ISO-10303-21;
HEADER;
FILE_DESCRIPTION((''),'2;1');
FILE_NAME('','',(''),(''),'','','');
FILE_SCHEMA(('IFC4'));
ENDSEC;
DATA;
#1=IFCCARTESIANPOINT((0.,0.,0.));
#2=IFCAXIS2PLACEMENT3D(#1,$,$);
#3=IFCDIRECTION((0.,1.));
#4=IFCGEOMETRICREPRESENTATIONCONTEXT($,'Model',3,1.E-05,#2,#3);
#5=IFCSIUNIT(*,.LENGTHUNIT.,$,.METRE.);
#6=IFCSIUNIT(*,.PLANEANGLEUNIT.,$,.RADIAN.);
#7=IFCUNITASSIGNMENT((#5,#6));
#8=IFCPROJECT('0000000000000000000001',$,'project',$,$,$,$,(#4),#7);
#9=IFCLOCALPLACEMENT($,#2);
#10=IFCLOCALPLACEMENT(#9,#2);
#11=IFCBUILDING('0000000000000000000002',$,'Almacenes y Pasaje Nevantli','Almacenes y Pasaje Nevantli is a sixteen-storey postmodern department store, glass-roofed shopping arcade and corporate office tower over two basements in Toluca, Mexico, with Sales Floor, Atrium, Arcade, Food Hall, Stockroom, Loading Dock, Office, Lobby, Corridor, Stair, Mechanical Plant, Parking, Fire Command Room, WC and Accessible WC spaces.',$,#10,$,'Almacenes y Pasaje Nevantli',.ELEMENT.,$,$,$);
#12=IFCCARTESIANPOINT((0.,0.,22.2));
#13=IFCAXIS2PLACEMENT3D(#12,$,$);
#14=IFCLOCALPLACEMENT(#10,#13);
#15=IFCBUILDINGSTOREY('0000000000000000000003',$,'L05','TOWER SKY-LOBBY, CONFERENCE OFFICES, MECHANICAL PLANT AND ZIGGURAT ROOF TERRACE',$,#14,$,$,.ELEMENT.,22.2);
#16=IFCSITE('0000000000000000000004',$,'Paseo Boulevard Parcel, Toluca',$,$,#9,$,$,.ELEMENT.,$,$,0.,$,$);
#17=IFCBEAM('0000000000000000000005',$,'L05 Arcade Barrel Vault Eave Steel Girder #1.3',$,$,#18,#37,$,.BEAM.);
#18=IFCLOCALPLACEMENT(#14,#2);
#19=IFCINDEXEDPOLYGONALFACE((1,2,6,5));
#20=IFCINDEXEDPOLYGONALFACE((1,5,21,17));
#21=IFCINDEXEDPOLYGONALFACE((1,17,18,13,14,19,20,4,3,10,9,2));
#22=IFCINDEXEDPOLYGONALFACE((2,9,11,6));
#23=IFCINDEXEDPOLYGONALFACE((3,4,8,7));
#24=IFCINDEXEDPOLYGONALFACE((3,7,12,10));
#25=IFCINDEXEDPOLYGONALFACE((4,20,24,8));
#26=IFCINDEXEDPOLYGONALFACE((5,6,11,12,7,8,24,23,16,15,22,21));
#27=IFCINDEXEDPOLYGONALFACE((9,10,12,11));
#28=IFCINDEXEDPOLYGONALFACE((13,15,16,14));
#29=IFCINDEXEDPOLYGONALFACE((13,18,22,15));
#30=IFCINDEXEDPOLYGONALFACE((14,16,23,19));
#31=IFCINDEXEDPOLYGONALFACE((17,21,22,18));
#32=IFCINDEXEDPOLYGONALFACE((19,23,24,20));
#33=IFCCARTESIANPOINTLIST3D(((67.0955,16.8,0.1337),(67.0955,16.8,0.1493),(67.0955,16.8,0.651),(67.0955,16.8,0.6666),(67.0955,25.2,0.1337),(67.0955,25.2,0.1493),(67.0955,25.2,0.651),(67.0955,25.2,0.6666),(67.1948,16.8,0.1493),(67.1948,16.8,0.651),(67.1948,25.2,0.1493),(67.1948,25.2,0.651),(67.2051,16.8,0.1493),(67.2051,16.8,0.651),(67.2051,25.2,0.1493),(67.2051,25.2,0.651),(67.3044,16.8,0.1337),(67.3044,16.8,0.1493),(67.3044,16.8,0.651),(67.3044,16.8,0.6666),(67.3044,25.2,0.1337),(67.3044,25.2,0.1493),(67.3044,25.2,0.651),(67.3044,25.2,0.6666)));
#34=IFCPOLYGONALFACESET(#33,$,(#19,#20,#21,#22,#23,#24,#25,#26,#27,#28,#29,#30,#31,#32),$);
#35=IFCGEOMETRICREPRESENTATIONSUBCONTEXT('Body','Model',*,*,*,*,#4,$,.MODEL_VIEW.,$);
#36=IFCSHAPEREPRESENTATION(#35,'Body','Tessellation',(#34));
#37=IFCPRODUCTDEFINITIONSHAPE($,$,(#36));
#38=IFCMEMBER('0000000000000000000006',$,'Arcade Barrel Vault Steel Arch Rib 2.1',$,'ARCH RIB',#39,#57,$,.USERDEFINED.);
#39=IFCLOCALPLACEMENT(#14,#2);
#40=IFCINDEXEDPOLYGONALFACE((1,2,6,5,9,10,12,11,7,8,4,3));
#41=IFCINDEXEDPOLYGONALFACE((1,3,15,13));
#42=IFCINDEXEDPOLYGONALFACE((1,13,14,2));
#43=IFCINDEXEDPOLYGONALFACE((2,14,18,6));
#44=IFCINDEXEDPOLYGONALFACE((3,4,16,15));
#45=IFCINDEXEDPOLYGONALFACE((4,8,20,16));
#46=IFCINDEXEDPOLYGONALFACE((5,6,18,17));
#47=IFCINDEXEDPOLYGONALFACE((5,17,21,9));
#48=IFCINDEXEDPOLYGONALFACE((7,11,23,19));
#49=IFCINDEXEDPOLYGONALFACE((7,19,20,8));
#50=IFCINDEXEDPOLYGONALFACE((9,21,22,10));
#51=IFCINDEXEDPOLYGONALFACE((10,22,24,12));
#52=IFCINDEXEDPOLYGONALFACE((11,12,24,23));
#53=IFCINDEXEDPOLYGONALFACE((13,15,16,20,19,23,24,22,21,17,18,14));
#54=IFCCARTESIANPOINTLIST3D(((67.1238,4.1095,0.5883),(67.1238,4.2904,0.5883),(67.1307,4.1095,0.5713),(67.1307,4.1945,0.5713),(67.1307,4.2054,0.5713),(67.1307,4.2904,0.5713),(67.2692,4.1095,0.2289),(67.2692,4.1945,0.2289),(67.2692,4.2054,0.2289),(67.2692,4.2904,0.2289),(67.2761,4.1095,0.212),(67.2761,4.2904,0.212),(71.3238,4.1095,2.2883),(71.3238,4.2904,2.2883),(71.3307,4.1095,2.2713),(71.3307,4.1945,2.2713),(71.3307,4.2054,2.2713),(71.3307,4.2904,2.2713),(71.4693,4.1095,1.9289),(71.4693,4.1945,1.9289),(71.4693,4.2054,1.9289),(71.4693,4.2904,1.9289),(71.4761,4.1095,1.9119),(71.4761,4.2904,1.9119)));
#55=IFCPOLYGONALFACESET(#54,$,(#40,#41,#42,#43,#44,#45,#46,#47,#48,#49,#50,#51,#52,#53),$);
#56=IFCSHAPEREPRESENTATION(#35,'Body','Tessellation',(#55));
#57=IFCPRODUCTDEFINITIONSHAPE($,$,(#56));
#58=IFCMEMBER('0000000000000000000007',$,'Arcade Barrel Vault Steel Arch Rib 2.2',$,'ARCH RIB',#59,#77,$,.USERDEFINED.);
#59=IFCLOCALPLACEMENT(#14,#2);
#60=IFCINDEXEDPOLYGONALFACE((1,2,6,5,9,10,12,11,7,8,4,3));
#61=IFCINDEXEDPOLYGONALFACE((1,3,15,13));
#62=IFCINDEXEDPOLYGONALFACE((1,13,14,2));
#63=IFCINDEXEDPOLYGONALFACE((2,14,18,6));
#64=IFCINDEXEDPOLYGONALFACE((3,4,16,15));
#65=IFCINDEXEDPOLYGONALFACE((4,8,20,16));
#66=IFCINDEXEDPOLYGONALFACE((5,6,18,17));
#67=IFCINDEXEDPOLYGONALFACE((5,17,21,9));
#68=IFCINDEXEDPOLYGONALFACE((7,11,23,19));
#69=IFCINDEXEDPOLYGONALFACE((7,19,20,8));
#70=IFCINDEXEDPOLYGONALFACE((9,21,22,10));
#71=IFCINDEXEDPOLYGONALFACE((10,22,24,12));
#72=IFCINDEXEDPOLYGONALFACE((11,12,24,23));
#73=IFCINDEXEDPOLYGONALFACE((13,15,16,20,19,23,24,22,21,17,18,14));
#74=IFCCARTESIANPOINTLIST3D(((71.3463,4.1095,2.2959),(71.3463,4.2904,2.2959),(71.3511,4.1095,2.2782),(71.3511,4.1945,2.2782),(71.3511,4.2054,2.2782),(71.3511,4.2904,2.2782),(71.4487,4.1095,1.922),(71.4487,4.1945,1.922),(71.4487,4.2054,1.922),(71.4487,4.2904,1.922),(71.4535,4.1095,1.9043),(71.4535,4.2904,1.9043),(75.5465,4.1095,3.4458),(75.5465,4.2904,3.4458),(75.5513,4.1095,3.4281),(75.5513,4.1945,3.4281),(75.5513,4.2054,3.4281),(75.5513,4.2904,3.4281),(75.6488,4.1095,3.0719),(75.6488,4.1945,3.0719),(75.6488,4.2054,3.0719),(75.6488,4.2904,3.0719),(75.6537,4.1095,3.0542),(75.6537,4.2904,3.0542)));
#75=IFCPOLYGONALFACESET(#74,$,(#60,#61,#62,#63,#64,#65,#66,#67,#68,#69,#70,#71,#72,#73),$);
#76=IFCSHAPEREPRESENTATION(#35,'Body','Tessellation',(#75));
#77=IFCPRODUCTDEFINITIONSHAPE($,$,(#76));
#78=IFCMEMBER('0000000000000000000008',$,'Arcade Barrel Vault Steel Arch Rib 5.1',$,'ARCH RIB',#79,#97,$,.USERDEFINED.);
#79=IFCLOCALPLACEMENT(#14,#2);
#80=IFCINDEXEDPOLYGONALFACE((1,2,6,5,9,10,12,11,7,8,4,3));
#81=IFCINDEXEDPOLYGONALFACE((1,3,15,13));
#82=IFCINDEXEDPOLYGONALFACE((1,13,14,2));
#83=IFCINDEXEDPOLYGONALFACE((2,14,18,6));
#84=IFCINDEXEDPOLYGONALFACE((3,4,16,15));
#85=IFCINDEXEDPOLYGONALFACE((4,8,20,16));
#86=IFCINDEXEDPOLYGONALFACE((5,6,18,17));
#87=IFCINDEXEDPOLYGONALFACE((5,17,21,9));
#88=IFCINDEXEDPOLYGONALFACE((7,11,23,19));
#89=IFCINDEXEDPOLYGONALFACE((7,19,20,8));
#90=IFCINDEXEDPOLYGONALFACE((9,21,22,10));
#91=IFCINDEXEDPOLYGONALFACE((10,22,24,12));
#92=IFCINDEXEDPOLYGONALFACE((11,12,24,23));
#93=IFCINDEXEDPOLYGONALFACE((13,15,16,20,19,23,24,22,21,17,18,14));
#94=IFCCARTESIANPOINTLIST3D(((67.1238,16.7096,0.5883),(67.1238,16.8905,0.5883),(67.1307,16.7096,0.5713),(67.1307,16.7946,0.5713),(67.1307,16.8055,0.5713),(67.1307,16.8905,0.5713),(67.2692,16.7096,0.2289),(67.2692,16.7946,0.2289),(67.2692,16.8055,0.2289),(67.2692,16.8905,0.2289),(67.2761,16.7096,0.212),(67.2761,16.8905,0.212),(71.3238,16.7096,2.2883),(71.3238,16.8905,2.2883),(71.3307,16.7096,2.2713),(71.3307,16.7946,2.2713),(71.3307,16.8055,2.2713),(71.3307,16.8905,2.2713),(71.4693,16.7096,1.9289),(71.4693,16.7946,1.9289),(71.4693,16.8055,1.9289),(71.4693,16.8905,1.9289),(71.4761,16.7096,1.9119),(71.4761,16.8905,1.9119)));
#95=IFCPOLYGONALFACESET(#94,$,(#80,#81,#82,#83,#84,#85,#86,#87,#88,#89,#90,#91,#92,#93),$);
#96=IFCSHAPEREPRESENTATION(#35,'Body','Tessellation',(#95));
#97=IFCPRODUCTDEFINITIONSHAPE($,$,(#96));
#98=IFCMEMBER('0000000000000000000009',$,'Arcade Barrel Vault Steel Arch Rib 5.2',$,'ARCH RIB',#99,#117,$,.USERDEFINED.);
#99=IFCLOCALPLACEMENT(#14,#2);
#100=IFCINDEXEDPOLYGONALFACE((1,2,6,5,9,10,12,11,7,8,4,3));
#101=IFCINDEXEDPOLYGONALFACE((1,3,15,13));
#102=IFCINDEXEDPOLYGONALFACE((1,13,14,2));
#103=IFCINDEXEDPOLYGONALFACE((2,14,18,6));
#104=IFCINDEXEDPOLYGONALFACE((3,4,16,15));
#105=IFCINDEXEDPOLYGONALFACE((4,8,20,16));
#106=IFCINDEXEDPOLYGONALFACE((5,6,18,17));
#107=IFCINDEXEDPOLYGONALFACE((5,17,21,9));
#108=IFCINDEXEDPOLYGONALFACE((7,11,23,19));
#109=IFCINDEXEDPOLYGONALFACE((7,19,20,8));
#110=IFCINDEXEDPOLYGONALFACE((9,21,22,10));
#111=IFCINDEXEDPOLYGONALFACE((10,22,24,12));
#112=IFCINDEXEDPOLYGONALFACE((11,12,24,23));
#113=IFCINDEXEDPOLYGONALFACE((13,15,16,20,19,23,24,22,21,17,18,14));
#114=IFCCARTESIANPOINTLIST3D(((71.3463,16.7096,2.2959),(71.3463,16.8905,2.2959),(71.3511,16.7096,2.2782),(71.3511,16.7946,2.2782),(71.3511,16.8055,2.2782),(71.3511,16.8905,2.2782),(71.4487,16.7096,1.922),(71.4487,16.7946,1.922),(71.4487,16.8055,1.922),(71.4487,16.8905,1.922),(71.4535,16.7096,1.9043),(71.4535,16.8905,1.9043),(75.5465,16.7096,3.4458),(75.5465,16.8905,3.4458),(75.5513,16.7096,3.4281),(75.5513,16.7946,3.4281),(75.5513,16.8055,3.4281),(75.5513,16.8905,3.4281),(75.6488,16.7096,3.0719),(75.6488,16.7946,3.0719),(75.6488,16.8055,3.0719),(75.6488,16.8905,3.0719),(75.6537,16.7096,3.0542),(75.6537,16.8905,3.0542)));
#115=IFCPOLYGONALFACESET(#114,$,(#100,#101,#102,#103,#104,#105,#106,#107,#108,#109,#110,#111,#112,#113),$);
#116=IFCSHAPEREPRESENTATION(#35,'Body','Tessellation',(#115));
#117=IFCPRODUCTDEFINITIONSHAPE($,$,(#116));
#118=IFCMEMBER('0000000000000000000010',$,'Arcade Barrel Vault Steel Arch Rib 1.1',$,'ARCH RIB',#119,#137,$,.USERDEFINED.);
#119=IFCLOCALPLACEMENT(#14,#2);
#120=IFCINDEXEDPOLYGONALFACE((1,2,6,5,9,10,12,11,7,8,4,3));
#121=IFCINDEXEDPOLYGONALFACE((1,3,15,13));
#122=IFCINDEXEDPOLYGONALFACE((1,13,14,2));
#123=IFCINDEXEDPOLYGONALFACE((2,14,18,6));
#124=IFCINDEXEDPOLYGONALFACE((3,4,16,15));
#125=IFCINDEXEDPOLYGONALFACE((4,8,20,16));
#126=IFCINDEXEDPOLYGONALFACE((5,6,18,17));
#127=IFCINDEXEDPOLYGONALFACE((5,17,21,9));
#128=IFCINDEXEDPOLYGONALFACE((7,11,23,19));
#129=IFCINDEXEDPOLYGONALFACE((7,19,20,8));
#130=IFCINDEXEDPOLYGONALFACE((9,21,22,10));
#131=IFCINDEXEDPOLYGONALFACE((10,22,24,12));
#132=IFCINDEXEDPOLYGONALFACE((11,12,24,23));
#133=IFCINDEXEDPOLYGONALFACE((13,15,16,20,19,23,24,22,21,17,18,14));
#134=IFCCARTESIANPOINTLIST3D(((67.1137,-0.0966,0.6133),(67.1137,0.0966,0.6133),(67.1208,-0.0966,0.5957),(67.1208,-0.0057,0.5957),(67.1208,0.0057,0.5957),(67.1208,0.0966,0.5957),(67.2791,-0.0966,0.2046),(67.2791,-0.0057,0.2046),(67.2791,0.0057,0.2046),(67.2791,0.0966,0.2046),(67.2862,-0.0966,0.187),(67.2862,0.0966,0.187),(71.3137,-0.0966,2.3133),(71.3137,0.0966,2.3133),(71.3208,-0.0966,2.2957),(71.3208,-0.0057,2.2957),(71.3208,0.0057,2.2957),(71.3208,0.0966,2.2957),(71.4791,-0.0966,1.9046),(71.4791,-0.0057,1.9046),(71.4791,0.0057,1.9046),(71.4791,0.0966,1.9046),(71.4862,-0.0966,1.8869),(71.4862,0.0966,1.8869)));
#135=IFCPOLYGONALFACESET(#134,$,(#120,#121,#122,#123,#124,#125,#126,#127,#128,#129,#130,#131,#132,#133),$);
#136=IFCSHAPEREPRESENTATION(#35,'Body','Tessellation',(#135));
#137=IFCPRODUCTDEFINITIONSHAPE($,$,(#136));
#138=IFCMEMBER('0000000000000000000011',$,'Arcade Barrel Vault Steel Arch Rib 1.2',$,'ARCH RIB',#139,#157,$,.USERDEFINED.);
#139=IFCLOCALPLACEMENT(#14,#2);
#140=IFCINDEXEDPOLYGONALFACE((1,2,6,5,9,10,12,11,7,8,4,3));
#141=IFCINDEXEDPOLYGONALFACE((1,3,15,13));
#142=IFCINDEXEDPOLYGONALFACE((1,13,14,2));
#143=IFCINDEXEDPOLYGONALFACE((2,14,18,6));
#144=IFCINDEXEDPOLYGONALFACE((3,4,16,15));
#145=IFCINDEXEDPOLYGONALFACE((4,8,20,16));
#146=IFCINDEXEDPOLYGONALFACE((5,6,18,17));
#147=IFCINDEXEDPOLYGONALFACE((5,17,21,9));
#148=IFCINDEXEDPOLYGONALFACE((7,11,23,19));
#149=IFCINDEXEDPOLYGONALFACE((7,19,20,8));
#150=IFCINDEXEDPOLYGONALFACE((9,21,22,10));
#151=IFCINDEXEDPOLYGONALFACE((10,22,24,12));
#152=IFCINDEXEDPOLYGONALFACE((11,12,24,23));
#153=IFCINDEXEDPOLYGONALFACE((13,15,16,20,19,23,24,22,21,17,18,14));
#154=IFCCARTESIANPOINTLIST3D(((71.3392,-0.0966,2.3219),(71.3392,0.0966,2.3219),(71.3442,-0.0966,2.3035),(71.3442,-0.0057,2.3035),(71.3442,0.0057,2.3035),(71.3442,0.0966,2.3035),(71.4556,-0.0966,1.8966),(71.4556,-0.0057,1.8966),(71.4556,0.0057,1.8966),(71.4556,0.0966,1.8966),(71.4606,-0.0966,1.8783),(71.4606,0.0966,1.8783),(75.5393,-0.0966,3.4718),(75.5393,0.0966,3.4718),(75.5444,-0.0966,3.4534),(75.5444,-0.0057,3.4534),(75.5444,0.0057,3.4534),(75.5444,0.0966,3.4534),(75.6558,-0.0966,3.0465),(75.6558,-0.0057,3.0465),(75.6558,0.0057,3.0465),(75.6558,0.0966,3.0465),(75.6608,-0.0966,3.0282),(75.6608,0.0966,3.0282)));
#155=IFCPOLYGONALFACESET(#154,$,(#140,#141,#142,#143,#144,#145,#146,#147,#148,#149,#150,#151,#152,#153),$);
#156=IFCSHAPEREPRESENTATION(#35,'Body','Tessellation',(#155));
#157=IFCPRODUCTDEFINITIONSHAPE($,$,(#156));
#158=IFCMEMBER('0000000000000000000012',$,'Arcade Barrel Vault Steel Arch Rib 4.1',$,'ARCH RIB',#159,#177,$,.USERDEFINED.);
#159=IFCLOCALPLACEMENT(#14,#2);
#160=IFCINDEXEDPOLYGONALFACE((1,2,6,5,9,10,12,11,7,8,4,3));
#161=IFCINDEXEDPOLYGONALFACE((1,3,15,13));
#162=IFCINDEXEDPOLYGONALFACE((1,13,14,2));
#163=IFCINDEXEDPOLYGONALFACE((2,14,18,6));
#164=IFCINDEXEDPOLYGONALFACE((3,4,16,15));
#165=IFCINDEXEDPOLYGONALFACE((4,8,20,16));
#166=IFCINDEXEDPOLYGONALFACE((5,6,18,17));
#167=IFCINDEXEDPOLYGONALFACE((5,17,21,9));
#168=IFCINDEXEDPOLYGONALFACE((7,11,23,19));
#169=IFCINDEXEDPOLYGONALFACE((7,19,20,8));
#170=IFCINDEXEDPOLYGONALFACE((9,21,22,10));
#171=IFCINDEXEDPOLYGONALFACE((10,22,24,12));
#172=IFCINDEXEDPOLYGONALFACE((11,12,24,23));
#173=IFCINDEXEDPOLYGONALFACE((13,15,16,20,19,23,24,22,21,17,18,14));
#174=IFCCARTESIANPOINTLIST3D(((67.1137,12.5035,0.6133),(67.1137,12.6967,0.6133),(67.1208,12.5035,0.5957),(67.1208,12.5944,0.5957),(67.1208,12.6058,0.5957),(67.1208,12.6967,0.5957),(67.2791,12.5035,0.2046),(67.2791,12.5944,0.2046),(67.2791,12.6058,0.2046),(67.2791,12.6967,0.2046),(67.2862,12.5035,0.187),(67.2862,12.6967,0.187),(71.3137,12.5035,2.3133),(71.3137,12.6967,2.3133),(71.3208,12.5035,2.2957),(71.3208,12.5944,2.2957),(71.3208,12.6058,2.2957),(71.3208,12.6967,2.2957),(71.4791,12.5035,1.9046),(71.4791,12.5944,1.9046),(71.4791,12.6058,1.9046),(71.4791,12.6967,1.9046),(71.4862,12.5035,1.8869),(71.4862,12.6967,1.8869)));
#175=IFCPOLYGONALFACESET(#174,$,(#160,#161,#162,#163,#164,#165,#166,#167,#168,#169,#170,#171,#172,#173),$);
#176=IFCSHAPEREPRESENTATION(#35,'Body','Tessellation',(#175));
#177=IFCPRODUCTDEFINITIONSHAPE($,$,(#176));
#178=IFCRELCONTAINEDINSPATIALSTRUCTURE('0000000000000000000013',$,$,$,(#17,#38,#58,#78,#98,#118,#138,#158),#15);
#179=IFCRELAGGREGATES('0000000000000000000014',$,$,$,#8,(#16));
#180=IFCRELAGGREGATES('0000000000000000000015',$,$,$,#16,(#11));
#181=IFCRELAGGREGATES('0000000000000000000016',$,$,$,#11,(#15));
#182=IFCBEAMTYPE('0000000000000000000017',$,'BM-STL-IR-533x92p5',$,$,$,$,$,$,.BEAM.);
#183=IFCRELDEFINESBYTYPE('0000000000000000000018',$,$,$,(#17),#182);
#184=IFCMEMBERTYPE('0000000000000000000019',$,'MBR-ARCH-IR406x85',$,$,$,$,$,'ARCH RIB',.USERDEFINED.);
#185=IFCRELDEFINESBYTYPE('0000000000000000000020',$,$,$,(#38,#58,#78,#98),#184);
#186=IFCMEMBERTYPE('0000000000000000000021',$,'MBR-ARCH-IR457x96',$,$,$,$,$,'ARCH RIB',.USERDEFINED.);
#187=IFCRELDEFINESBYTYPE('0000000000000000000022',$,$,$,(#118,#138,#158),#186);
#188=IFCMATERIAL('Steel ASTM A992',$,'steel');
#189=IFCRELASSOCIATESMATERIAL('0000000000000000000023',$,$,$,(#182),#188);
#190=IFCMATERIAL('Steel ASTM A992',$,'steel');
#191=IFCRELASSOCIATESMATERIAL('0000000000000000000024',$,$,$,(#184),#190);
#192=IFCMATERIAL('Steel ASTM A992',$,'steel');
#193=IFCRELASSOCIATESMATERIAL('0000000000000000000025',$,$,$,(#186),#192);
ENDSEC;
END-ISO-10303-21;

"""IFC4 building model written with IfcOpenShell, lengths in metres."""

from ifc_helpers import new_model, si_unit, direction, frame, origin, origin_2d, place, context, subcontext, project, spatial, i_section, extrude, material, material_profile, profile_set, type_object, element, save


model = new_model("IFC4")

# Units and contexts
model_context = context("Model", 3, precision=1e-05, world=origin(), true_north=direction((0.0, 1.0)))
body_context = subcontext(model_context, "Body", "Model", "MODEL_VIEW")
ifc_project = project(units=[si_unit("LENGTHUNIT", "METRE"), si_unit("PLANEANGLEUNIT", "RADIAN")], contexts=[model_context])

# Site, building, storey
site_placement = place(None, origin())
site = spatial("IfcSite", under=ifc_project, at=site_placement, Name="Paseo Boulevard Parcel, Toluca", CompositionType="ELEMENT", RefElevation=0.0)
building_placement = place(site_placement, origin())
building = spatial("IfcBuilding", under=site, at=building_placement, Name="Almacenes y Pasaje Nevantli", Description="Almacenes y Pasaje Nevantli is a sixteen-storey postmodern department store, glass-roofed shopping arcade and corporate office tower over two basements in Toluca, Mexico, with Sales Floor, Atrium, Arcade, Food Hall, Stockroom, Loading Dock, Office, Lobby, Corridor, Stair, Mechanical Plant, Parking, Fire Command Room, WC and Accessible WC spaces.", LongName="Almacenes y Pasaje Nevantli", CompositionType="ELEMENT")
storey_placement = place(building_placement, frame((0.0, 0.0, 22.2)))
storey = spatial("IfcBuildingStorey", under=building, at=storey_placement, Name="L05", Description="TOWER SKY-LOBBY, CONFERENCE OFFICES, MECHANICAL PLANT AND ZIGGURAT ROOF TERRACE", CompositionType="ELEMENT", Elevation=22.2)

# Beam
ifc_material_1 = material(Name="Steel ASTM A992", Category="steel")
ifc_material_profile_1 = material_profile(ifc_material_1, i_section(OverallWidth=0.209, OverallDepth=0.533, WebThickness=0.0103, FlangeThickness=0.0156, at=origin_2d()), Name="IR 533x92.5")
ifc_profile_set_1 = profile_set([ifc_material_profile_1], Name="Steel ASTM A992")
beam_type = type_object("IfcBeamType", Name="BM-STL-IR-533x92p5", PredefinedType="BEAM", material=ifc_profile_set_1)
beam_1_placement = place(storey_placement, frame((67.2, 16.8, 0.4001), z_axis=(0.0, 1.0, 0.0), x_axis=(-1.0, 0.0, 0.0)))
element("IfcBeam", 1, at=beam_1_placement, inside=storey, type_object=beam_type, Name="L05 Arcade Barrel Vault Eave Steel Girder #1.3", PredefinedType="BEAM", context=body_context, shape_type="SweptSolid", body=[
    extrude(i_section(OverallWidth=0.209, OverallDepth=0.533, WebThickness=0.0103, FlangeThickness=0.0156, at=origin_2d()), origin(), (0.0, 0.0, 1.0), 8.3999),
])

# Members
ifc_material_2 = material(Name="Steel ASTM A992", Category="steel")
ifc_material_profile_2 = material_profile(ifc_material_2, i_section(OverallWidth=0.1809, OverallDepth=0.406, WebThickness=0.011, FlangeThickness=0.0183, at=origin_2d()), Name="IR 406x85.0")
ifc_profile_set_2 = profile_set([ifc_material_profile_2], Name="Steel ASTM A992")
member_type_1 = type_object("IfcMemberType", Name="MBR-ARCH-IR406x85", ElementType="ARCH RIB", PredefinedType="USERDEFINED", material=ifc_profile_set_2)
member_1_placement = place(storey_placement, frame((67.2, 4.2, 0.4001), z_axis=(0.926949, 0.0, 0.375187), x_axis=(0.0, 1.0, 0.0)))
element("IfcMember", 2, at=member_1_placement, inside=storey, type_object=member_type_1, Name="Arcade Barrel Vault Steel Arch Rib 2.1", ObjectType="ARCH RIB", PredefinedType="USERDEFINED", context=body_context, shape_type="SweptSolid", body=[
    extrude(i_section(OverallWidth=0.1809, OverallDepth=0.406, WebThickness=0.011, FlangeThickness=0.0183, at=origin_2d()), origin(), (0.0, 0.0, 1.0), 4.531),
])
member_2_placement = place(storey_placement, frame((71.3999, 4.2, 2.1001), z_axis=(0.964507, 0.0, 0.264057), x_axis=(0.0, 1.0, 0.0)))
element("IfcMember", 3, at=member_2_placement, inside=storey, type_object=member_type_1, Name="Arcade Barrel Vault Steel Arch Rib 2.2", ObjectType="ARCH RIB", PredefinedType="USERDEFINED", context=body_context, shape_type="SweptSolid", body=[
    extrude(i_section(OverallWidth=0.1809, OverallDepth=0.406, WebThickness=0.011, FlangeThickness=0.0183, at=origin_2d()), origin(), (0.0, 0.0, 1.0), 4.3547),
])
member_3_placement = place(storey_placement, frame((67.2, 16.8, 0.4001), z_axis=(0.926949, 0.0, 0.375187), x_axis=(0.0, 1.0, 0.0)))
element("IfcMember", 4, at=member_3_placement, inside=storey, type_object=member_type_1, Name="Arcade Barrel Vault Steel Arch Rib 5.1", ObjectType="ARCH RIB", PredefinedType="USERDEFINED", context=body_context, shape_type="SweptSolid", body=[
    extrude(i_section(OverallWidth=0.1809, OverallDepth=0.406, WebThickness=0.011, FlangeThickness=0.0183, at=origin_2d()), origin(), (0.0, 0.0, 1.0), 4.531),
])
member_4_placement = place(storey_placement, frame((71.3999, 16.8, 2.1001), z_axis=(0.964507, 0.0, 0.264057), x_axis=(0.0, 1.0, 0.0)))
element("IfcMember", 5, at=member_4_placement, inside=storey, type_object=member_type_1, Name="Arcade Barrel Vault Steel Arch Rib 5.2", ObjectType="ARCH RIB", PredefinedType="USERDEFINED", context=body_context, shape_type="SweptSolid", body=[
    extrude(i_section(OverallWidth=0.1809, OverallDepth=0.406, WebThickness=0.011, FlangeThickness=0.0183, at=origin_2d()), origin(), (0.0, 0.0, 1.0), 4.3547),
])
ifc_material_3 = material(Name="Steel ASTM A992", Category="steel")
ifc_material_profile_3 = material_profile(ifc_material_3, i_section(OverallWidth=0.1931, OverallDepth=0.46, WebThickness=0.0115, FlangeThickness=0.019, at=origin_2d()), Name="IR 457x96.7")
ifc_profile_set_3 = profile_set([ifc_material_profile_3], Name="Steel ASTM A992")
member_type_2 = type_object("IfcMemberType", Name="MBR-ARCH-IR457x96", ElementType="ARCH RIB", PredefinedType="USERDEFINED", material=ifc_profile_set_3)
member_5_placement = place(storey_placement, frame((67.2, 0.0, 0.4001), z_axis=(0.926949, 0.0, 0.375187), x_axis=(0.0, 1.0, 0.0)))
element("IfcMember", 6, at=member_5_placement, inside=storey, type_object=member_type_2, Name="Arcade Barrel Vault Steel Arch Rib 1.1", ObjectType="ARCH RIB", PredefinedType="USERDEFINED", context=body_context, shape_type="SweptSolid", body=[
    extrude(i_section(OverallWidth=0.1931, OverallDepth=0.46, WebThickness=0.0115, FlangeThickness=0.019, at=origin_2d()), origin(), (0.0, 0.0, 1.0), 4.531),
])
member_6_placement = place(storey_placement, frame((71.3999, 0.0, 2.1001), z_axis=(0.964507, 0.0, 0.264057), x_axis=(0.0, 1.0, 0.0)))
element("IfcMember", 7, at=member_6_placement, inside=storey, type_object=member_type_2, Name="Arcade Barrel Vault Steel Arch Rib 1.2", ObjectType="ARCH RIB", PredefinedType="USERDEFINED", context=body_context, shape_type="SweptSolid", body=[
    extrude(i_section(OverallWidth=0.1931, OverallDepth=0.46, WebThickness=0.0115, FlangeThickness=0.019, at=origin_2d()), origin(), (0.0, 0.0, 1.0), 4.3547),
])
member_7_placement = place(storey_placement, frame((67.2, 12.6001, 0.4001), z_axis=(0.926949, 0.0, 0.375187), x_axis=(0.0, 1.0, 0.0)))
element("IfcMember", 8, at=member_7_placement, inside=storey, type_object=member_type_2, Name="Arcade Barrel Vault Steel Arch Rib 4.1", ObjectType="ARCH RIB", PredefinedType="USERDEFINED", context=body_context, shape_type="SweptSolid", body=[
    extrude(i_section(OverallWidth=0.1931, OverallDepth=0.46, WebThickness=0.0115, FlangeThickness=0.019, at=origin_2d()), origin(), (0.0, 0.0, 1.0), 4.531),
])

save(model, "model.ifc")
